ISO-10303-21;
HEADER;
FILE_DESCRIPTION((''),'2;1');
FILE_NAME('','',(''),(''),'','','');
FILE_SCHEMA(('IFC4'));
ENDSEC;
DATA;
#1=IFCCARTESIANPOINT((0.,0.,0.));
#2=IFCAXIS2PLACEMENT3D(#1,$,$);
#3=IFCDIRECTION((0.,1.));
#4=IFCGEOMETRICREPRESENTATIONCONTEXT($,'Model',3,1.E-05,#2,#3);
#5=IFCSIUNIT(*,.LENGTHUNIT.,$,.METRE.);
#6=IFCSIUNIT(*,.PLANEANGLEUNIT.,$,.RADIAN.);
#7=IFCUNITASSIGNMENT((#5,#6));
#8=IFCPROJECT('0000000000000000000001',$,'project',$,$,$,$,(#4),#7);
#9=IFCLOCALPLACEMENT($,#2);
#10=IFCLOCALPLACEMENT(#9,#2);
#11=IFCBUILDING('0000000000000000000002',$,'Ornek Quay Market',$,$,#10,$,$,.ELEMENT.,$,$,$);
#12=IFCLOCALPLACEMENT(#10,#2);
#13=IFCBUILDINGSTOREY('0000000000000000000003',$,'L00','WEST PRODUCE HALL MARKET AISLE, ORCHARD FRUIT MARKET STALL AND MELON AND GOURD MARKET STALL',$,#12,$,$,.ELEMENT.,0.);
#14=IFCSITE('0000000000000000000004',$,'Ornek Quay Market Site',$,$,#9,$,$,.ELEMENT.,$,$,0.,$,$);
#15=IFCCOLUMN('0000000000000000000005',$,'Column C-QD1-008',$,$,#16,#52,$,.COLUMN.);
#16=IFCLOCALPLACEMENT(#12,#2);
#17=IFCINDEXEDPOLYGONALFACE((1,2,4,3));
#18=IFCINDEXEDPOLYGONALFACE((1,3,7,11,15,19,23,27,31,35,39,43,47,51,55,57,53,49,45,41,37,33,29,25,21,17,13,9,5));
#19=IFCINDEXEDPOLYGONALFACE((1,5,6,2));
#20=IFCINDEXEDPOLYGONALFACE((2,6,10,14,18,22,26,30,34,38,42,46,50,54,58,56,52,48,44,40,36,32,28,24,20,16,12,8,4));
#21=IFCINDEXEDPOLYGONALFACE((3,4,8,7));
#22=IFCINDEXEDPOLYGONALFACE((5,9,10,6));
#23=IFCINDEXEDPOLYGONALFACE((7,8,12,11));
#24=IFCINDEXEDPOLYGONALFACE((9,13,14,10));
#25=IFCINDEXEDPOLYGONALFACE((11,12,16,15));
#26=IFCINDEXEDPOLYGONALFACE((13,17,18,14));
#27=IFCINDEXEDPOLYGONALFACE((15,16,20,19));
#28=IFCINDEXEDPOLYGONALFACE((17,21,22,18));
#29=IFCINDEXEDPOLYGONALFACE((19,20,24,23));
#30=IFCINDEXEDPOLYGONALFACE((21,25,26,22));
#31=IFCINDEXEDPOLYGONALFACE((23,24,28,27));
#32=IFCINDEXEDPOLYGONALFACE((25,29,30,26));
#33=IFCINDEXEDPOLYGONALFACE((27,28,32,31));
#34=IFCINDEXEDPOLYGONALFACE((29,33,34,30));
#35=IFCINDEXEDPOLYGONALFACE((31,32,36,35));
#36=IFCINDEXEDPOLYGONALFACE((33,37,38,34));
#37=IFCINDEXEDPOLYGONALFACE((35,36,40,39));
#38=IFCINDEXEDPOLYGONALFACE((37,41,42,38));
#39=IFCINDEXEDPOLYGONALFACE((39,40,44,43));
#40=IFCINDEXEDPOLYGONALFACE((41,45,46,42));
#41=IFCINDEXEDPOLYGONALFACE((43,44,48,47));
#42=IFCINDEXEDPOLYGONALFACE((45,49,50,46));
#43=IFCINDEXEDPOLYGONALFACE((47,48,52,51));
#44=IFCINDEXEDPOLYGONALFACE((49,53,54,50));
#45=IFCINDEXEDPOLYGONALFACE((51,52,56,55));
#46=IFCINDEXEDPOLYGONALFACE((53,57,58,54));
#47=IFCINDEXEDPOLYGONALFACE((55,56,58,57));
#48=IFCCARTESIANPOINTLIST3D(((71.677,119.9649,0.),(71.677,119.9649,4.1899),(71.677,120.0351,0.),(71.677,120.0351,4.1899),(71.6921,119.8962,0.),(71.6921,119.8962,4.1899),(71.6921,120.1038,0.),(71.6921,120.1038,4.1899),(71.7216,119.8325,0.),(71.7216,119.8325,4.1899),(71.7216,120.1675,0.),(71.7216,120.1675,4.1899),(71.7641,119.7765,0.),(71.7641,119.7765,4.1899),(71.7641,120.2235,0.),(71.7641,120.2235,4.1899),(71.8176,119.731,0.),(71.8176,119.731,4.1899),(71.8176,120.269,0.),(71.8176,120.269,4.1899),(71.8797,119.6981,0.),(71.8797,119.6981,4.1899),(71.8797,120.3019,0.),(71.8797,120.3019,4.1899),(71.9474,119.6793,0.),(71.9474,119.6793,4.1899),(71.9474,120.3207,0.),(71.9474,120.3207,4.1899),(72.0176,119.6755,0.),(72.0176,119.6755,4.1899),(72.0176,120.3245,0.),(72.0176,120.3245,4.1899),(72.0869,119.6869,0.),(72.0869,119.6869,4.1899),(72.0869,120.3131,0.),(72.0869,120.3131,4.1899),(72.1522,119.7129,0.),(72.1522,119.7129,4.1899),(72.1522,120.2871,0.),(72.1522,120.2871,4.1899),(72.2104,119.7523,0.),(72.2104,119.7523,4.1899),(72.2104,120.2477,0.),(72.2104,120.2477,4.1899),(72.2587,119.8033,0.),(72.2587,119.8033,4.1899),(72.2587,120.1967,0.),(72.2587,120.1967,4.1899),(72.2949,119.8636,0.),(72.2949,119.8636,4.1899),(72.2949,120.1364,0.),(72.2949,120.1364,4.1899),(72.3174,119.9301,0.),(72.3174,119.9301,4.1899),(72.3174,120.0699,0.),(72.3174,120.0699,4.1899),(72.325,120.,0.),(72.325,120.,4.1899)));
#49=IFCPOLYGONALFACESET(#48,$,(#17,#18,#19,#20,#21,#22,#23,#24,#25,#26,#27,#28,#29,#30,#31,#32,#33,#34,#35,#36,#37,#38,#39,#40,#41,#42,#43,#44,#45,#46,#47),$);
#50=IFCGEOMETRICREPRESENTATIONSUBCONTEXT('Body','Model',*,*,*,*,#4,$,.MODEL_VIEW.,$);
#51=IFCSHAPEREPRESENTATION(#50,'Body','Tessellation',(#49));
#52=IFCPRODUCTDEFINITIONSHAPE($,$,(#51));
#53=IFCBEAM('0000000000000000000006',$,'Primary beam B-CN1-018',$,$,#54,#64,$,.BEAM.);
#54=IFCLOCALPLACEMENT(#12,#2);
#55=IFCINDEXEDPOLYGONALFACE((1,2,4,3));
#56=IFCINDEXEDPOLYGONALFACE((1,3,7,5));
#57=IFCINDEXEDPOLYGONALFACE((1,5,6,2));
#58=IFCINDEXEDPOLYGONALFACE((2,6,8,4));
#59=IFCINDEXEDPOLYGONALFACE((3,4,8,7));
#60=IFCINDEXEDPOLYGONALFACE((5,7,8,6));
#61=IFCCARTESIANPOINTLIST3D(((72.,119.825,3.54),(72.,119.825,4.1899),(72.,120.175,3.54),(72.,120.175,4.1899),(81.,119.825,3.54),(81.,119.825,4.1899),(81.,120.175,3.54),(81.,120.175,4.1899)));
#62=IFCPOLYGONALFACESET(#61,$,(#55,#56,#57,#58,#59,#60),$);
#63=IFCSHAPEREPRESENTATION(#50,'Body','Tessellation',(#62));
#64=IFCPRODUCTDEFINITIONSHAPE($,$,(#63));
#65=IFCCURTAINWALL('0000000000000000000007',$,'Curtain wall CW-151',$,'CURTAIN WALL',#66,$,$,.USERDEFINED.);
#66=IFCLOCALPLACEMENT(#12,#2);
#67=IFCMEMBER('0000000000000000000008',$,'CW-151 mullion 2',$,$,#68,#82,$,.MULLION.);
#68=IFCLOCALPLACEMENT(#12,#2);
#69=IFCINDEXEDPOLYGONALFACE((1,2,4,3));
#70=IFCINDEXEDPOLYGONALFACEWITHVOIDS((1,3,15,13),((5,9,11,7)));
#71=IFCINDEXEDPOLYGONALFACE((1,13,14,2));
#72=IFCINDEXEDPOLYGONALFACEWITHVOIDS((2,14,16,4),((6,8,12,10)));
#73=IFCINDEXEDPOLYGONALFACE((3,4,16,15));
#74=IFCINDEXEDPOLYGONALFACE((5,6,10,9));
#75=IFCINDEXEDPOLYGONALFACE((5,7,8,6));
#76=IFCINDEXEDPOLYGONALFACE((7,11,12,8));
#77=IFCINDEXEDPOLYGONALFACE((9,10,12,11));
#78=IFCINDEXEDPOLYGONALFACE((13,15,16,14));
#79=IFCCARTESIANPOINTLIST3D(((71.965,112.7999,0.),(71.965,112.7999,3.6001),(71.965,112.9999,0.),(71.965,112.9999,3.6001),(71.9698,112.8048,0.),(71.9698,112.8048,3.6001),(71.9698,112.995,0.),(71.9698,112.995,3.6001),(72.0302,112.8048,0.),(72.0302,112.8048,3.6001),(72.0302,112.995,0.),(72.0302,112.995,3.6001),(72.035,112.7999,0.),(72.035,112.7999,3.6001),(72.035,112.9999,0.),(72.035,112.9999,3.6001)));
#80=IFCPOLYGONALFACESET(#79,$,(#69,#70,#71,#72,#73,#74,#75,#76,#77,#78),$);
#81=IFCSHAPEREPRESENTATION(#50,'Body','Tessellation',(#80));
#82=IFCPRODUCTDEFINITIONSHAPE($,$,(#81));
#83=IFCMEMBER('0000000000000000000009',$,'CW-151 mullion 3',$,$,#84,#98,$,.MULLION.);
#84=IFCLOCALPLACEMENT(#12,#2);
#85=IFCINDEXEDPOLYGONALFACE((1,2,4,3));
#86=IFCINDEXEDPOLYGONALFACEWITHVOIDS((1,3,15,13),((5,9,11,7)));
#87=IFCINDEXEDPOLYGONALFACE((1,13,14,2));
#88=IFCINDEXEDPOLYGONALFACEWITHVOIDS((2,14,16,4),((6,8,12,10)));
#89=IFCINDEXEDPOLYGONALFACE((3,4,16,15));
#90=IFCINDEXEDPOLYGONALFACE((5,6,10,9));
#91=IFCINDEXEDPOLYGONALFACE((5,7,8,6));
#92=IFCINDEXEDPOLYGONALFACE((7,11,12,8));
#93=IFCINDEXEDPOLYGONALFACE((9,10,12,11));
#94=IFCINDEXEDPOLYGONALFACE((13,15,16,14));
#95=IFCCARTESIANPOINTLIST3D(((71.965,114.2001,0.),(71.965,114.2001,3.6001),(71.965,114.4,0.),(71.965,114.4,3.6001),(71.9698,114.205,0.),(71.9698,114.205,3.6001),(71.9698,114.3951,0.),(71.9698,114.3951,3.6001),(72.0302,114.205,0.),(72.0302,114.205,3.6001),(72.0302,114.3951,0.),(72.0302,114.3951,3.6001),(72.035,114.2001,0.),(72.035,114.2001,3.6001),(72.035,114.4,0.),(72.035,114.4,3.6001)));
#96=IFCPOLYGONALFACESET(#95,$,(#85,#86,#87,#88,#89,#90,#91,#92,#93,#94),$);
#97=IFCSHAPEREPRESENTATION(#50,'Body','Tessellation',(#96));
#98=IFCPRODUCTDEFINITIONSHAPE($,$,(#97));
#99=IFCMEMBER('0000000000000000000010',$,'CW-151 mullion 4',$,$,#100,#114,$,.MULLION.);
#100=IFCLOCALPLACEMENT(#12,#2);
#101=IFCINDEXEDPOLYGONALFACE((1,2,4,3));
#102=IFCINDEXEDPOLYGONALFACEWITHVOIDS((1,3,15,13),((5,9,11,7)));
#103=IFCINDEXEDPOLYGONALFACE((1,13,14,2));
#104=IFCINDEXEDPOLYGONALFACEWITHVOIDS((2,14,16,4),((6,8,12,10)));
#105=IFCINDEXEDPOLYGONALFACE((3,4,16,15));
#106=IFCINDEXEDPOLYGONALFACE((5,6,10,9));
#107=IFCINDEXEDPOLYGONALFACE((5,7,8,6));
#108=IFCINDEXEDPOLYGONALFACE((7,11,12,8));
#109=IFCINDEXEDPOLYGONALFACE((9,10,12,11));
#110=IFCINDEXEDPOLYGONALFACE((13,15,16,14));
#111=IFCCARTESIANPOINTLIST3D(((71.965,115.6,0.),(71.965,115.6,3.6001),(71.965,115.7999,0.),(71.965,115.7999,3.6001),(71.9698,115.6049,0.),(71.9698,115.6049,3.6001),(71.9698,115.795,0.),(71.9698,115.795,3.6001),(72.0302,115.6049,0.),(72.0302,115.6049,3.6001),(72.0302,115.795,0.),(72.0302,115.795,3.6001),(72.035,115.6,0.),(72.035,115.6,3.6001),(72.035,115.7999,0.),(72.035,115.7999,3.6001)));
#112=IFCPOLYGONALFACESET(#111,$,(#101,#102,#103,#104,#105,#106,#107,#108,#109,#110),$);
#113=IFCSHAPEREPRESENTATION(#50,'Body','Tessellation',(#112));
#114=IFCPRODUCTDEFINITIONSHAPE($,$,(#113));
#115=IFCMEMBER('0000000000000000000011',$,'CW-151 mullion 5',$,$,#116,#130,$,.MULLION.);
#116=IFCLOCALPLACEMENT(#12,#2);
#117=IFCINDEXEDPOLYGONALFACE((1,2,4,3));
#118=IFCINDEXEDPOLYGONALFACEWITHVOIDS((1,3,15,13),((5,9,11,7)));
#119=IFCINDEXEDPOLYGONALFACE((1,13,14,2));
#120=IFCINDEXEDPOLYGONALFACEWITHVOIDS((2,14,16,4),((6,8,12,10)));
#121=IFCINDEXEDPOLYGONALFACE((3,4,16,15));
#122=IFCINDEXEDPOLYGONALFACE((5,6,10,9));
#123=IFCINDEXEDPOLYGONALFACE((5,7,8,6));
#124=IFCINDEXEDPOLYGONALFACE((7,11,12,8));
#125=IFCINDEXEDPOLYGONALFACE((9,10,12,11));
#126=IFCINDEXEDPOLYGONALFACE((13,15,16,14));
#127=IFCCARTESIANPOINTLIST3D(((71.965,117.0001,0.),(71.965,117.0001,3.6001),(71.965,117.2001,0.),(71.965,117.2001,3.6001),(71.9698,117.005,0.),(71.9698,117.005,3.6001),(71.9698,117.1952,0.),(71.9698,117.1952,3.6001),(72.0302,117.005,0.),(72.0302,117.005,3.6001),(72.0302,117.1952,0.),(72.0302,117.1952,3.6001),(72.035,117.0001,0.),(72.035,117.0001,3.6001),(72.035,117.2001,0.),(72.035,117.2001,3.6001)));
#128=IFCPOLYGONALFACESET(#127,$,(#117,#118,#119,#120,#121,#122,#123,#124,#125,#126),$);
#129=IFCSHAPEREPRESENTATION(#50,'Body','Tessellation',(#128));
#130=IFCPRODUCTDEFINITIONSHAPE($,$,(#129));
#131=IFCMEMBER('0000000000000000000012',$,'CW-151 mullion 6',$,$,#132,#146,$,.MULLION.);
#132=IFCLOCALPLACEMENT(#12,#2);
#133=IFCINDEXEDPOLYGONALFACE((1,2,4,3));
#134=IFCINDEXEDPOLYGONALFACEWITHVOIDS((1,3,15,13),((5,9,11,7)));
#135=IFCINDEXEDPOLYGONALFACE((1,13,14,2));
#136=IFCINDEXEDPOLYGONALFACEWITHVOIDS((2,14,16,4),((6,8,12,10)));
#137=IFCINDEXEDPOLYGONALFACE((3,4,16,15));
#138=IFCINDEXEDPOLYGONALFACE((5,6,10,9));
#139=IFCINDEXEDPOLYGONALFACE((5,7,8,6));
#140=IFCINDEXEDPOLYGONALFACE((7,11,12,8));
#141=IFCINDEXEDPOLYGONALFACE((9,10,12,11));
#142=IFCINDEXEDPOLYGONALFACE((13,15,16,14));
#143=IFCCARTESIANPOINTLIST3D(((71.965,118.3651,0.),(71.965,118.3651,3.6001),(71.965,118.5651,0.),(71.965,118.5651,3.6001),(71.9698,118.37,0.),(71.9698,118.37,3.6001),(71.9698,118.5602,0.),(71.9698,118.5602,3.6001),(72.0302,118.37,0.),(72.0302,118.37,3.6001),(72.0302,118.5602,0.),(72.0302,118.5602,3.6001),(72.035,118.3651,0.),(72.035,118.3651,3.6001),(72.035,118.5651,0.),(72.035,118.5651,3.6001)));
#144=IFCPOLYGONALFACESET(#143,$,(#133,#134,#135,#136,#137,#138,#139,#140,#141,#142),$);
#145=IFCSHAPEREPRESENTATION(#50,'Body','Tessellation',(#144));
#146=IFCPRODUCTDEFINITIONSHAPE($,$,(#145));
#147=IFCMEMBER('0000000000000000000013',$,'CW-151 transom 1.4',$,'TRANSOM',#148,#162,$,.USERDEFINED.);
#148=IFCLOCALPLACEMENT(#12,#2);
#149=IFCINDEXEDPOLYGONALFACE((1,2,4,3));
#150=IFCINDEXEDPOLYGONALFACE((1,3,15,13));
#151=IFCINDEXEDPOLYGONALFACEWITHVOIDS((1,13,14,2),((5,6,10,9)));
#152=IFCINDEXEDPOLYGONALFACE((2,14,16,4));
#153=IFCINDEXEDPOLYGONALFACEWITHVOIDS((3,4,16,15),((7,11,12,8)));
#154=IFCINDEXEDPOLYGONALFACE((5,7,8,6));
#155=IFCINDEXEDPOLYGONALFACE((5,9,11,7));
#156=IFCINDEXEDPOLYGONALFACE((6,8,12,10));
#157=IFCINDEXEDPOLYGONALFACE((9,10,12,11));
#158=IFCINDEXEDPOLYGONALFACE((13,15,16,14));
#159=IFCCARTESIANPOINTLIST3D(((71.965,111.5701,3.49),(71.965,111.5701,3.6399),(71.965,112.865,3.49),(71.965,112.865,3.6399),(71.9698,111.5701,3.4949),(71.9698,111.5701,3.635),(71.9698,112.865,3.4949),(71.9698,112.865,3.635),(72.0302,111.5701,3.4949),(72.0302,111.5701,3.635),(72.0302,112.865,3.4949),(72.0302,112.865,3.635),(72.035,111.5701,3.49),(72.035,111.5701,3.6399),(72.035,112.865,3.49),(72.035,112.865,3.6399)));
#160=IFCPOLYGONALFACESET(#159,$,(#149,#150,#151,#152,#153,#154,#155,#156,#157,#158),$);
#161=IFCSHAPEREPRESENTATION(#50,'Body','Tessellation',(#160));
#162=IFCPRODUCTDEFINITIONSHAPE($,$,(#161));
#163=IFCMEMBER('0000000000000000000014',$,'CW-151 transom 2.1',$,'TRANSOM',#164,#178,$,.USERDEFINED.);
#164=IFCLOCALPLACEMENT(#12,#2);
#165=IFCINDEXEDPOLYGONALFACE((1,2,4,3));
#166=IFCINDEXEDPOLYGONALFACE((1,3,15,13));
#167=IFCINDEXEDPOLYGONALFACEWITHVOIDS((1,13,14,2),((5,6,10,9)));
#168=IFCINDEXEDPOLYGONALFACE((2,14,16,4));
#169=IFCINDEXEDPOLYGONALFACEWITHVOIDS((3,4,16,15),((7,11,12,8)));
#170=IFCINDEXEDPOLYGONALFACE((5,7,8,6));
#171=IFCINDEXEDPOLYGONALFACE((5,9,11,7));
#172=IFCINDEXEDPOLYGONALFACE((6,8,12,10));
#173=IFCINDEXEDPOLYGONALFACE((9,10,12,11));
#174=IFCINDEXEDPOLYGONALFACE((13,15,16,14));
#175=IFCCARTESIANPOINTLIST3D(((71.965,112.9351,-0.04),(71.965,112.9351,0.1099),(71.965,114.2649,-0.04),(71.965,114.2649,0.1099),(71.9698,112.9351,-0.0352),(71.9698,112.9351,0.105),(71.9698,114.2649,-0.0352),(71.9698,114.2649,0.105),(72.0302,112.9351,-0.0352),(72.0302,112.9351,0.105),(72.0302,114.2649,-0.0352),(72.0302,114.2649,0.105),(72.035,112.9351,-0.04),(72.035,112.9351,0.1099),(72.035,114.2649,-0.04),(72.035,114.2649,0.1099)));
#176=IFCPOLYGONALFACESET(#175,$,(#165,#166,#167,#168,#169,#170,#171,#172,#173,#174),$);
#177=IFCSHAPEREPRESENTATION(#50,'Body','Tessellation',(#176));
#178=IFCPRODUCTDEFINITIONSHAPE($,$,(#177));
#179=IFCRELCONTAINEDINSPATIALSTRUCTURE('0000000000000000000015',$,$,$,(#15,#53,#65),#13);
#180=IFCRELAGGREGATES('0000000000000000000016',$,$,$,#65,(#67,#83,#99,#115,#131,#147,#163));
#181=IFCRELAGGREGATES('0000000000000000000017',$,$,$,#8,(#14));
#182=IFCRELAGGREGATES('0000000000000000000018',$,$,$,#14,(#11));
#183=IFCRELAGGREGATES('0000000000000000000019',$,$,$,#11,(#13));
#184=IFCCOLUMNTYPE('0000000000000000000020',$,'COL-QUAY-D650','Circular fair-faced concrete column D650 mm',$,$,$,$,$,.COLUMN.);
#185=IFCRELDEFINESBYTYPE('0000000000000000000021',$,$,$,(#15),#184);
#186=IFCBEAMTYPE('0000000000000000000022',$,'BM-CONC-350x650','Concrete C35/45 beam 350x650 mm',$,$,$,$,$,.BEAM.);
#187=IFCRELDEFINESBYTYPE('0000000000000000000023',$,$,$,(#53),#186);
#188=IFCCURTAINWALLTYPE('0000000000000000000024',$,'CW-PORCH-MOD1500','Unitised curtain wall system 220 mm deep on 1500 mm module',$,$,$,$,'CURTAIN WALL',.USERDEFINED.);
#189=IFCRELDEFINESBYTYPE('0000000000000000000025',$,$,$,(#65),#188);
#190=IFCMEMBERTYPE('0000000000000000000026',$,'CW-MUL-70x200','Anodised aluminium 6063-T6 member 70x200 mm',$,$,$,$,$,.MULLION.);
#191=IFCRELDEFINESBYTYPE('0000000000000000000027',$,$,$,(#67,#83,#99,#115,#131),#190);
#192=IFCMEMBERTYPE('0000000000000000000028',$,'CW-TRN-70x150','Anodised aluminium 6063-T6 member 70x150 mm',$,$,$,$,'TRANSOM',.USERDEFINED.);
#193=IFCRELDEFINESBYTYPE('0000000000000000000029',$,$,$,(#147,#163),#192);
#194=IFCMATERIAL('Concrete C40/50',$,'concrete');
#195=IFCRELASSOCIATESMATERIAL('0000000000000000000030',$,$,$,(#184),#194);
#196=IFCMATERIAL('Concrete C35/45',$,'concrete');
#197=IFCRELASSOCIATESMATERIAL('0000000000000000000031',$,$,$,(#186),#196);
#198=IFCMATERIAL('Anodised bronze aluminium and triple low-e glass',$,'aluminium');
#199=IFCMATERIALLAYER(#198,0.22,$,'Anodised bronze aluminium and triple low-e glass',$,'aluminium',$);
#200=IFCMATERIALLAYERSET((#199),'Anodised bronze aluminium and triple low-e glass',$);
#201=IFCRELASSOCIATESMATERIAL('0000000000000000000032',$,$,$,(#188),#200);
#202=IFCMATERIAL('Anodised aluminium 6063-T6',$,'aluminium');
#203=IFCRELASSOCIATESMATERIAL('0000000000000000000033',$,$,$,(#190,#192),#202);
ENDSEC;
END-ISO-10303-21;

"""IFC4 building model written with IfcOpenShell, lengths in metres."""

from ifc_helpers import new_model, si_unit, direction, frame, origin, origin_2d, place, context, subcontext, project, spatial, rectangle, hollow_rectangle, circle, extrude, material, layer, layer_set, material_profile, profile_set, type_object, element, aggregate, save


model = new_model("IFC4")

# Units and contexts
model_context = context("Model", 3, precision=1e-05, world=origin(), true_north=direction((0.0, 1.0)))
body_context = subcontext(model_context, "Body", "Model", "MODEL_VIEW")
ifc_project = project(units=[si_unit("LENGTHUNIT", "METRE"), si_unit("PLANEANGLEUNIT", "RADIAN")], contexts=[model_context])

# Site, building, storey
site_placement = place(None, origin())
site = spatial("IfcSite", under=ifc_project, at=site_placement, Name="Ornek Quay Market Site", CompositionType="ELEMENT", RefElevation=0.0)
building_placement = place(site_placement, origin())
building = spatial("IfcBuilding", under=site, at=building_placement, Name="Ornek Quay Market", CompositionType="ELEMENT")
storey_placement = place(building_placement, origin())
storey = spatial("IfcBuildingStorey", under=building, at=storey_placement, Name="L00", Description="WEST PRODUCE HALL MARKET AISLE, ORCHARD FRUIT MARKET STALL AND MELON AND GOURD MARKET STALL", CompositionType="ELEMENT", Elevation=0.0)

# Column
ifc_material_1 = material(Name="Concrete C40/50", Category="concrete")
ifc_material_profile_1 = material_profile(ifc_material_1, circle(Radius=0.325, at=origin_2d()), Name="RC D650", Category="concrete")
ifc_profile_set_1 = profile_set([ifc_material_profile_1], Name="Concrete C40/50")
column_type = type_object("IfcColumnType", Name="COL-QUAY-D650", Description="Circular fair-faced concrete column D650 mm", PredefinedType="COLUMN", material=ifc_profile_set_1)
column_placement = place(storey_placement, frame((72.0, 120.0, 0.0), z_axis=(0.0, 0.0, 1.0), x_axis=(1.0, 0.0, 0.0)))
element("IfcColumn", 1, at=column_placement, inside=storey, type_object=column_type, Name="Column C-QD1-008", PredefinedType="COLUMN", context=body_context, shape_type="SweptSolid", body=[
    extrude(circle(Radius=0.325, at=origin_2d()), origin(), (0.0, 0.0, 1.0), 4.1899),
])

# Beam
ifc_material_2 = material(Name="Concrete C35/45", Category="concrete")
ifc_material_profile_2 = material_profile(ifc_material_2, rectangle(XDim=0.3501, YDim=0.6499, at=origin_2d()), Name="RC 350x650", Category="concrete")
ifc_profile_set_2 = profile_set([ifc_material_profile_2], Name="Concrete C35/45")
beam_type = type_object("IfcBeamType", Name="BM-CONC-350x650", Description="Concrete C35/45 beam 350x650 mm", PredefinedType="BEAM", material=ifc_profile_set_2)
beam_placement = place(storey_placement, frame((72.0, 120.0, 3.865), z_axis=(1.0, 0.0, 0.0), x_axis=(0.0, 1.0, 0.0)))
element("IfcBeam", 2, at=beam_placement, inside=storey, type_object=beam_type, Name="Primary beam B-CN1-018", PredefinedType="BEAM", context=body_context, shape_type="SweptSolid", body=[
    extrude(rectangle(XDim=0.3501, YDim=0.6499, at=origin_2d()), origin(), (0.0, 0.0, 1.0), 9.0),
])

# Curtain wall, members
ifc_material_3 = material(Name="Anodised bronze aluminium and triple low-e glass", Category="aluminium")
ifc_layer_1 = layer(ifc_material_3, 0.22, Name="Anodised bronze aluminium and triple low-e glass", Category="aluminium")
ifc_layer_set_1 = layer_set([ifc_layer_1], Name="Anodised bronze aluminium and triple low-e glass")
curtain_wall_type = type_object("IfcCurtainWallType", Name="CW-PORCH-MOD1500", Description="Unitised curtain wall system 220 mm deep on 1500 mm module", ElementType="CURTAIN WALL", PredefinedType="USERDEFINED", material=ifc_layer_set_1)
curtain_wall_placement = place(storey_placement, origin())
curtain_wall = element("IfcCurtainWall", 3, at=curtain_wall_placement, inside=storey, type_object=curtain_wall_type, Name="Curtain wall CW-151", ObjectType="CURTAIN WALL", PredefinedType="USERDEFINED")
ifc_material_4 = material(Name="Anodised aluminium 6063-T6", Category="aluminium")
ifc_material_profile_3 = material_profile(ifc_material_4, hollow_rectangle(XDim=0.0701, YDim=0.2, WallThickness=0.0049, at=origin_2d()), Name="CW-MUL-70x200", Category="aluminium")
ifc_profile_set_3 = profile_set([ifc_material_profile_3], Name="Anodised aluminium 6063-T6")
member_type_1 = type_object("IfcMemberType", Name="CW-MUL-70x200", Description="Anodised aluminium 6063-T6 member 70x200 mm", PredefinedType="MULLION", material=ifc_profile_set_3)
member_1_placement = place(storey_placement, frame((72.0, 112.8999, 0.0), z_axis=(0.0, 0.0, 1.0), x_axis=(-1.0, 0.0, 0.0)))
member_1 = element("IfcMember", 4, at=member_1_placement, type_object=member_type_1, Name="CW-151 mullion 2", PredefinedType="MULLION", context=body_context, shape_type="SweptSolid", body=[
    extrude(hollow_rectangle(XDim=0.0701, YDim=0.2, WallThickness=0.0049, at=origin_2d()), origin(), (0.0, 0.0, 1.0), 3.6001),
])
member_2_placement = place(storey_placement, frame((72.0, 114.3, 0.0), z_axis=(0.0, 0.0, 1.0), x_axis=(-1.0, 0.0, 0.0)))
member_2 = element("IfcMember", 5, at=member_2_placement, type_object=member_type_1, Name="CW-151 mullion 3", PredefinedType="MULLION", context=body_context, shape_type="SweptSolid", body=[
    extrude(hollow_rectangle(XDim=0.0701, YDim=0.2, WallThickness=0.0049, at=origin_2d()), origin(), (0.0, 0.0, 1.0), 3.6001),
])
member_3_placement = place(storey_placement, frame((72.0, 115.7, 0.0), z_axis=(0.0, 0.0, 1.0), x_axis=(-1.0, 0.0, 0.0)))
member_3 = element("IfcMember", 6, at=member_3_placement, type_object=member_type_1, Name="CW-151 mullion 4", PredefinedType="MULLION", context=body_context, shape_type="SweptSolid", body=[
    extrude(hollow_rectangle(XDim=0.0701, YDim=0.2, WallThickness=0.0049, at=origin_2d()), origin(), (0.0, 0.0, 1.0), 3.6001),
])
member_4_placement = place(storey_placement, frame((72.0, 117.1001, 0.0), z_axis=(0.0, 0.0, 1.0), x_axis=(-1.0, 0.0, 0.0)))
member_4 = element("IfcMember", 7, at=member_4_placement, type_object=member_type_1, Name="CW-151 mullion 5", PredefinedType="MULLION", context=body_context, shape_type="SweptSolid", body=[
    extrude(hollow_rectangle(XDim=0.0701, YDim=0.2, WallThickness=0.0049, at=origin_2d()), origin(), (0.0, 0.0, 1.0), 3.6001),
])
member_5_placement = place(storey_placement, frame((72.0, 118.4651, 0.0), z_axis=(0.0, 0.0, 1.0), x_axis=(-1.0, 0.0, 0.0)))
member_5 = element("IfcMember", 8, at=member_5_placement, type_object=member_type_1, Name="CW-151 mullion 6", PredefinedType="MULLION", context=body_context, shape_type="SweptSolid", body=[
    extrude(hollow_rectangle(XDim=0.0701, YDim=0.2, WallThickness=0.0049, at=origin_2d()), origin(), (0.0, 0.0, 1.0), 3.6001),
])
ifc_material_profile_4 = material_profile(ifc_material_4, hollow_rectangle(XDim=0.0701, YDim=0.1499, WallThickness=0.0049, at=origin_2d()), Name="CW-TRN-70x150", Category="aluminium")
ifc_profile_set_4 = profile_set([ifc_material_profile_4], Name="Anodised aluminium 6063-T6")
member_type_2 = type_object("IfcMemberType", Name="CW-TRN-70x150", Description="Anodised aluminium 6063-T6 member 70x150 mm", ElementType="TRANSOM", PredefinedType="USERDEFINED", material=ifc_profile_set_4)
member_6_placement = place(storey_placement, frame((72.0, 111.5701, 3.5649), z_axis=(0.0, 1.0, 0.0), x_axis=(-1.0, 0.0, 0.0)))
member_6 = element("IfcMember", 9, at=member_6_placement, type_object=member_type_2, Name="CW-151 transom 1.4", ObjectType="TRANSOM", PredefinedType="USERDEFINED", context=body_context, shape_type="SweptSolid", body=[
    extrude(hollow_rectangle(XDim=0.0701, YDim=0.1499, WallThickness=0.0049, at=origin_2d()), origin(), (0.0, 0.0, 1.0), 1.2949),
])
member_7_placement = place(storey_placement, frame((72.0, 112.9351, 0.0349), z_axis=(0.0, 1.0, 0.0), x_axis=(-1.0, 0.0, 0.0)))
member_7 = element("IfcMember", 10, at=member_7_placement, type_object=member_type_2, Name="CW-151 transom 2.1", ObjectType="TRANSOM", PredefinedType="USERDEFINED", context=body_context, shape_type="SweptSolid", body=[
    extrude(hollow_rectangle(XDim=0.0701, YDim=0.1499, WallThickness=0.0049, at=origin_2d()), origin(), (0.0, 0.0, 1.0), 1.3298),
])
aggregate(curtain_wall, [member_1, member_2, member_3, member_4, member_5, member_6, member_7])

save(model, "model.ifc")
